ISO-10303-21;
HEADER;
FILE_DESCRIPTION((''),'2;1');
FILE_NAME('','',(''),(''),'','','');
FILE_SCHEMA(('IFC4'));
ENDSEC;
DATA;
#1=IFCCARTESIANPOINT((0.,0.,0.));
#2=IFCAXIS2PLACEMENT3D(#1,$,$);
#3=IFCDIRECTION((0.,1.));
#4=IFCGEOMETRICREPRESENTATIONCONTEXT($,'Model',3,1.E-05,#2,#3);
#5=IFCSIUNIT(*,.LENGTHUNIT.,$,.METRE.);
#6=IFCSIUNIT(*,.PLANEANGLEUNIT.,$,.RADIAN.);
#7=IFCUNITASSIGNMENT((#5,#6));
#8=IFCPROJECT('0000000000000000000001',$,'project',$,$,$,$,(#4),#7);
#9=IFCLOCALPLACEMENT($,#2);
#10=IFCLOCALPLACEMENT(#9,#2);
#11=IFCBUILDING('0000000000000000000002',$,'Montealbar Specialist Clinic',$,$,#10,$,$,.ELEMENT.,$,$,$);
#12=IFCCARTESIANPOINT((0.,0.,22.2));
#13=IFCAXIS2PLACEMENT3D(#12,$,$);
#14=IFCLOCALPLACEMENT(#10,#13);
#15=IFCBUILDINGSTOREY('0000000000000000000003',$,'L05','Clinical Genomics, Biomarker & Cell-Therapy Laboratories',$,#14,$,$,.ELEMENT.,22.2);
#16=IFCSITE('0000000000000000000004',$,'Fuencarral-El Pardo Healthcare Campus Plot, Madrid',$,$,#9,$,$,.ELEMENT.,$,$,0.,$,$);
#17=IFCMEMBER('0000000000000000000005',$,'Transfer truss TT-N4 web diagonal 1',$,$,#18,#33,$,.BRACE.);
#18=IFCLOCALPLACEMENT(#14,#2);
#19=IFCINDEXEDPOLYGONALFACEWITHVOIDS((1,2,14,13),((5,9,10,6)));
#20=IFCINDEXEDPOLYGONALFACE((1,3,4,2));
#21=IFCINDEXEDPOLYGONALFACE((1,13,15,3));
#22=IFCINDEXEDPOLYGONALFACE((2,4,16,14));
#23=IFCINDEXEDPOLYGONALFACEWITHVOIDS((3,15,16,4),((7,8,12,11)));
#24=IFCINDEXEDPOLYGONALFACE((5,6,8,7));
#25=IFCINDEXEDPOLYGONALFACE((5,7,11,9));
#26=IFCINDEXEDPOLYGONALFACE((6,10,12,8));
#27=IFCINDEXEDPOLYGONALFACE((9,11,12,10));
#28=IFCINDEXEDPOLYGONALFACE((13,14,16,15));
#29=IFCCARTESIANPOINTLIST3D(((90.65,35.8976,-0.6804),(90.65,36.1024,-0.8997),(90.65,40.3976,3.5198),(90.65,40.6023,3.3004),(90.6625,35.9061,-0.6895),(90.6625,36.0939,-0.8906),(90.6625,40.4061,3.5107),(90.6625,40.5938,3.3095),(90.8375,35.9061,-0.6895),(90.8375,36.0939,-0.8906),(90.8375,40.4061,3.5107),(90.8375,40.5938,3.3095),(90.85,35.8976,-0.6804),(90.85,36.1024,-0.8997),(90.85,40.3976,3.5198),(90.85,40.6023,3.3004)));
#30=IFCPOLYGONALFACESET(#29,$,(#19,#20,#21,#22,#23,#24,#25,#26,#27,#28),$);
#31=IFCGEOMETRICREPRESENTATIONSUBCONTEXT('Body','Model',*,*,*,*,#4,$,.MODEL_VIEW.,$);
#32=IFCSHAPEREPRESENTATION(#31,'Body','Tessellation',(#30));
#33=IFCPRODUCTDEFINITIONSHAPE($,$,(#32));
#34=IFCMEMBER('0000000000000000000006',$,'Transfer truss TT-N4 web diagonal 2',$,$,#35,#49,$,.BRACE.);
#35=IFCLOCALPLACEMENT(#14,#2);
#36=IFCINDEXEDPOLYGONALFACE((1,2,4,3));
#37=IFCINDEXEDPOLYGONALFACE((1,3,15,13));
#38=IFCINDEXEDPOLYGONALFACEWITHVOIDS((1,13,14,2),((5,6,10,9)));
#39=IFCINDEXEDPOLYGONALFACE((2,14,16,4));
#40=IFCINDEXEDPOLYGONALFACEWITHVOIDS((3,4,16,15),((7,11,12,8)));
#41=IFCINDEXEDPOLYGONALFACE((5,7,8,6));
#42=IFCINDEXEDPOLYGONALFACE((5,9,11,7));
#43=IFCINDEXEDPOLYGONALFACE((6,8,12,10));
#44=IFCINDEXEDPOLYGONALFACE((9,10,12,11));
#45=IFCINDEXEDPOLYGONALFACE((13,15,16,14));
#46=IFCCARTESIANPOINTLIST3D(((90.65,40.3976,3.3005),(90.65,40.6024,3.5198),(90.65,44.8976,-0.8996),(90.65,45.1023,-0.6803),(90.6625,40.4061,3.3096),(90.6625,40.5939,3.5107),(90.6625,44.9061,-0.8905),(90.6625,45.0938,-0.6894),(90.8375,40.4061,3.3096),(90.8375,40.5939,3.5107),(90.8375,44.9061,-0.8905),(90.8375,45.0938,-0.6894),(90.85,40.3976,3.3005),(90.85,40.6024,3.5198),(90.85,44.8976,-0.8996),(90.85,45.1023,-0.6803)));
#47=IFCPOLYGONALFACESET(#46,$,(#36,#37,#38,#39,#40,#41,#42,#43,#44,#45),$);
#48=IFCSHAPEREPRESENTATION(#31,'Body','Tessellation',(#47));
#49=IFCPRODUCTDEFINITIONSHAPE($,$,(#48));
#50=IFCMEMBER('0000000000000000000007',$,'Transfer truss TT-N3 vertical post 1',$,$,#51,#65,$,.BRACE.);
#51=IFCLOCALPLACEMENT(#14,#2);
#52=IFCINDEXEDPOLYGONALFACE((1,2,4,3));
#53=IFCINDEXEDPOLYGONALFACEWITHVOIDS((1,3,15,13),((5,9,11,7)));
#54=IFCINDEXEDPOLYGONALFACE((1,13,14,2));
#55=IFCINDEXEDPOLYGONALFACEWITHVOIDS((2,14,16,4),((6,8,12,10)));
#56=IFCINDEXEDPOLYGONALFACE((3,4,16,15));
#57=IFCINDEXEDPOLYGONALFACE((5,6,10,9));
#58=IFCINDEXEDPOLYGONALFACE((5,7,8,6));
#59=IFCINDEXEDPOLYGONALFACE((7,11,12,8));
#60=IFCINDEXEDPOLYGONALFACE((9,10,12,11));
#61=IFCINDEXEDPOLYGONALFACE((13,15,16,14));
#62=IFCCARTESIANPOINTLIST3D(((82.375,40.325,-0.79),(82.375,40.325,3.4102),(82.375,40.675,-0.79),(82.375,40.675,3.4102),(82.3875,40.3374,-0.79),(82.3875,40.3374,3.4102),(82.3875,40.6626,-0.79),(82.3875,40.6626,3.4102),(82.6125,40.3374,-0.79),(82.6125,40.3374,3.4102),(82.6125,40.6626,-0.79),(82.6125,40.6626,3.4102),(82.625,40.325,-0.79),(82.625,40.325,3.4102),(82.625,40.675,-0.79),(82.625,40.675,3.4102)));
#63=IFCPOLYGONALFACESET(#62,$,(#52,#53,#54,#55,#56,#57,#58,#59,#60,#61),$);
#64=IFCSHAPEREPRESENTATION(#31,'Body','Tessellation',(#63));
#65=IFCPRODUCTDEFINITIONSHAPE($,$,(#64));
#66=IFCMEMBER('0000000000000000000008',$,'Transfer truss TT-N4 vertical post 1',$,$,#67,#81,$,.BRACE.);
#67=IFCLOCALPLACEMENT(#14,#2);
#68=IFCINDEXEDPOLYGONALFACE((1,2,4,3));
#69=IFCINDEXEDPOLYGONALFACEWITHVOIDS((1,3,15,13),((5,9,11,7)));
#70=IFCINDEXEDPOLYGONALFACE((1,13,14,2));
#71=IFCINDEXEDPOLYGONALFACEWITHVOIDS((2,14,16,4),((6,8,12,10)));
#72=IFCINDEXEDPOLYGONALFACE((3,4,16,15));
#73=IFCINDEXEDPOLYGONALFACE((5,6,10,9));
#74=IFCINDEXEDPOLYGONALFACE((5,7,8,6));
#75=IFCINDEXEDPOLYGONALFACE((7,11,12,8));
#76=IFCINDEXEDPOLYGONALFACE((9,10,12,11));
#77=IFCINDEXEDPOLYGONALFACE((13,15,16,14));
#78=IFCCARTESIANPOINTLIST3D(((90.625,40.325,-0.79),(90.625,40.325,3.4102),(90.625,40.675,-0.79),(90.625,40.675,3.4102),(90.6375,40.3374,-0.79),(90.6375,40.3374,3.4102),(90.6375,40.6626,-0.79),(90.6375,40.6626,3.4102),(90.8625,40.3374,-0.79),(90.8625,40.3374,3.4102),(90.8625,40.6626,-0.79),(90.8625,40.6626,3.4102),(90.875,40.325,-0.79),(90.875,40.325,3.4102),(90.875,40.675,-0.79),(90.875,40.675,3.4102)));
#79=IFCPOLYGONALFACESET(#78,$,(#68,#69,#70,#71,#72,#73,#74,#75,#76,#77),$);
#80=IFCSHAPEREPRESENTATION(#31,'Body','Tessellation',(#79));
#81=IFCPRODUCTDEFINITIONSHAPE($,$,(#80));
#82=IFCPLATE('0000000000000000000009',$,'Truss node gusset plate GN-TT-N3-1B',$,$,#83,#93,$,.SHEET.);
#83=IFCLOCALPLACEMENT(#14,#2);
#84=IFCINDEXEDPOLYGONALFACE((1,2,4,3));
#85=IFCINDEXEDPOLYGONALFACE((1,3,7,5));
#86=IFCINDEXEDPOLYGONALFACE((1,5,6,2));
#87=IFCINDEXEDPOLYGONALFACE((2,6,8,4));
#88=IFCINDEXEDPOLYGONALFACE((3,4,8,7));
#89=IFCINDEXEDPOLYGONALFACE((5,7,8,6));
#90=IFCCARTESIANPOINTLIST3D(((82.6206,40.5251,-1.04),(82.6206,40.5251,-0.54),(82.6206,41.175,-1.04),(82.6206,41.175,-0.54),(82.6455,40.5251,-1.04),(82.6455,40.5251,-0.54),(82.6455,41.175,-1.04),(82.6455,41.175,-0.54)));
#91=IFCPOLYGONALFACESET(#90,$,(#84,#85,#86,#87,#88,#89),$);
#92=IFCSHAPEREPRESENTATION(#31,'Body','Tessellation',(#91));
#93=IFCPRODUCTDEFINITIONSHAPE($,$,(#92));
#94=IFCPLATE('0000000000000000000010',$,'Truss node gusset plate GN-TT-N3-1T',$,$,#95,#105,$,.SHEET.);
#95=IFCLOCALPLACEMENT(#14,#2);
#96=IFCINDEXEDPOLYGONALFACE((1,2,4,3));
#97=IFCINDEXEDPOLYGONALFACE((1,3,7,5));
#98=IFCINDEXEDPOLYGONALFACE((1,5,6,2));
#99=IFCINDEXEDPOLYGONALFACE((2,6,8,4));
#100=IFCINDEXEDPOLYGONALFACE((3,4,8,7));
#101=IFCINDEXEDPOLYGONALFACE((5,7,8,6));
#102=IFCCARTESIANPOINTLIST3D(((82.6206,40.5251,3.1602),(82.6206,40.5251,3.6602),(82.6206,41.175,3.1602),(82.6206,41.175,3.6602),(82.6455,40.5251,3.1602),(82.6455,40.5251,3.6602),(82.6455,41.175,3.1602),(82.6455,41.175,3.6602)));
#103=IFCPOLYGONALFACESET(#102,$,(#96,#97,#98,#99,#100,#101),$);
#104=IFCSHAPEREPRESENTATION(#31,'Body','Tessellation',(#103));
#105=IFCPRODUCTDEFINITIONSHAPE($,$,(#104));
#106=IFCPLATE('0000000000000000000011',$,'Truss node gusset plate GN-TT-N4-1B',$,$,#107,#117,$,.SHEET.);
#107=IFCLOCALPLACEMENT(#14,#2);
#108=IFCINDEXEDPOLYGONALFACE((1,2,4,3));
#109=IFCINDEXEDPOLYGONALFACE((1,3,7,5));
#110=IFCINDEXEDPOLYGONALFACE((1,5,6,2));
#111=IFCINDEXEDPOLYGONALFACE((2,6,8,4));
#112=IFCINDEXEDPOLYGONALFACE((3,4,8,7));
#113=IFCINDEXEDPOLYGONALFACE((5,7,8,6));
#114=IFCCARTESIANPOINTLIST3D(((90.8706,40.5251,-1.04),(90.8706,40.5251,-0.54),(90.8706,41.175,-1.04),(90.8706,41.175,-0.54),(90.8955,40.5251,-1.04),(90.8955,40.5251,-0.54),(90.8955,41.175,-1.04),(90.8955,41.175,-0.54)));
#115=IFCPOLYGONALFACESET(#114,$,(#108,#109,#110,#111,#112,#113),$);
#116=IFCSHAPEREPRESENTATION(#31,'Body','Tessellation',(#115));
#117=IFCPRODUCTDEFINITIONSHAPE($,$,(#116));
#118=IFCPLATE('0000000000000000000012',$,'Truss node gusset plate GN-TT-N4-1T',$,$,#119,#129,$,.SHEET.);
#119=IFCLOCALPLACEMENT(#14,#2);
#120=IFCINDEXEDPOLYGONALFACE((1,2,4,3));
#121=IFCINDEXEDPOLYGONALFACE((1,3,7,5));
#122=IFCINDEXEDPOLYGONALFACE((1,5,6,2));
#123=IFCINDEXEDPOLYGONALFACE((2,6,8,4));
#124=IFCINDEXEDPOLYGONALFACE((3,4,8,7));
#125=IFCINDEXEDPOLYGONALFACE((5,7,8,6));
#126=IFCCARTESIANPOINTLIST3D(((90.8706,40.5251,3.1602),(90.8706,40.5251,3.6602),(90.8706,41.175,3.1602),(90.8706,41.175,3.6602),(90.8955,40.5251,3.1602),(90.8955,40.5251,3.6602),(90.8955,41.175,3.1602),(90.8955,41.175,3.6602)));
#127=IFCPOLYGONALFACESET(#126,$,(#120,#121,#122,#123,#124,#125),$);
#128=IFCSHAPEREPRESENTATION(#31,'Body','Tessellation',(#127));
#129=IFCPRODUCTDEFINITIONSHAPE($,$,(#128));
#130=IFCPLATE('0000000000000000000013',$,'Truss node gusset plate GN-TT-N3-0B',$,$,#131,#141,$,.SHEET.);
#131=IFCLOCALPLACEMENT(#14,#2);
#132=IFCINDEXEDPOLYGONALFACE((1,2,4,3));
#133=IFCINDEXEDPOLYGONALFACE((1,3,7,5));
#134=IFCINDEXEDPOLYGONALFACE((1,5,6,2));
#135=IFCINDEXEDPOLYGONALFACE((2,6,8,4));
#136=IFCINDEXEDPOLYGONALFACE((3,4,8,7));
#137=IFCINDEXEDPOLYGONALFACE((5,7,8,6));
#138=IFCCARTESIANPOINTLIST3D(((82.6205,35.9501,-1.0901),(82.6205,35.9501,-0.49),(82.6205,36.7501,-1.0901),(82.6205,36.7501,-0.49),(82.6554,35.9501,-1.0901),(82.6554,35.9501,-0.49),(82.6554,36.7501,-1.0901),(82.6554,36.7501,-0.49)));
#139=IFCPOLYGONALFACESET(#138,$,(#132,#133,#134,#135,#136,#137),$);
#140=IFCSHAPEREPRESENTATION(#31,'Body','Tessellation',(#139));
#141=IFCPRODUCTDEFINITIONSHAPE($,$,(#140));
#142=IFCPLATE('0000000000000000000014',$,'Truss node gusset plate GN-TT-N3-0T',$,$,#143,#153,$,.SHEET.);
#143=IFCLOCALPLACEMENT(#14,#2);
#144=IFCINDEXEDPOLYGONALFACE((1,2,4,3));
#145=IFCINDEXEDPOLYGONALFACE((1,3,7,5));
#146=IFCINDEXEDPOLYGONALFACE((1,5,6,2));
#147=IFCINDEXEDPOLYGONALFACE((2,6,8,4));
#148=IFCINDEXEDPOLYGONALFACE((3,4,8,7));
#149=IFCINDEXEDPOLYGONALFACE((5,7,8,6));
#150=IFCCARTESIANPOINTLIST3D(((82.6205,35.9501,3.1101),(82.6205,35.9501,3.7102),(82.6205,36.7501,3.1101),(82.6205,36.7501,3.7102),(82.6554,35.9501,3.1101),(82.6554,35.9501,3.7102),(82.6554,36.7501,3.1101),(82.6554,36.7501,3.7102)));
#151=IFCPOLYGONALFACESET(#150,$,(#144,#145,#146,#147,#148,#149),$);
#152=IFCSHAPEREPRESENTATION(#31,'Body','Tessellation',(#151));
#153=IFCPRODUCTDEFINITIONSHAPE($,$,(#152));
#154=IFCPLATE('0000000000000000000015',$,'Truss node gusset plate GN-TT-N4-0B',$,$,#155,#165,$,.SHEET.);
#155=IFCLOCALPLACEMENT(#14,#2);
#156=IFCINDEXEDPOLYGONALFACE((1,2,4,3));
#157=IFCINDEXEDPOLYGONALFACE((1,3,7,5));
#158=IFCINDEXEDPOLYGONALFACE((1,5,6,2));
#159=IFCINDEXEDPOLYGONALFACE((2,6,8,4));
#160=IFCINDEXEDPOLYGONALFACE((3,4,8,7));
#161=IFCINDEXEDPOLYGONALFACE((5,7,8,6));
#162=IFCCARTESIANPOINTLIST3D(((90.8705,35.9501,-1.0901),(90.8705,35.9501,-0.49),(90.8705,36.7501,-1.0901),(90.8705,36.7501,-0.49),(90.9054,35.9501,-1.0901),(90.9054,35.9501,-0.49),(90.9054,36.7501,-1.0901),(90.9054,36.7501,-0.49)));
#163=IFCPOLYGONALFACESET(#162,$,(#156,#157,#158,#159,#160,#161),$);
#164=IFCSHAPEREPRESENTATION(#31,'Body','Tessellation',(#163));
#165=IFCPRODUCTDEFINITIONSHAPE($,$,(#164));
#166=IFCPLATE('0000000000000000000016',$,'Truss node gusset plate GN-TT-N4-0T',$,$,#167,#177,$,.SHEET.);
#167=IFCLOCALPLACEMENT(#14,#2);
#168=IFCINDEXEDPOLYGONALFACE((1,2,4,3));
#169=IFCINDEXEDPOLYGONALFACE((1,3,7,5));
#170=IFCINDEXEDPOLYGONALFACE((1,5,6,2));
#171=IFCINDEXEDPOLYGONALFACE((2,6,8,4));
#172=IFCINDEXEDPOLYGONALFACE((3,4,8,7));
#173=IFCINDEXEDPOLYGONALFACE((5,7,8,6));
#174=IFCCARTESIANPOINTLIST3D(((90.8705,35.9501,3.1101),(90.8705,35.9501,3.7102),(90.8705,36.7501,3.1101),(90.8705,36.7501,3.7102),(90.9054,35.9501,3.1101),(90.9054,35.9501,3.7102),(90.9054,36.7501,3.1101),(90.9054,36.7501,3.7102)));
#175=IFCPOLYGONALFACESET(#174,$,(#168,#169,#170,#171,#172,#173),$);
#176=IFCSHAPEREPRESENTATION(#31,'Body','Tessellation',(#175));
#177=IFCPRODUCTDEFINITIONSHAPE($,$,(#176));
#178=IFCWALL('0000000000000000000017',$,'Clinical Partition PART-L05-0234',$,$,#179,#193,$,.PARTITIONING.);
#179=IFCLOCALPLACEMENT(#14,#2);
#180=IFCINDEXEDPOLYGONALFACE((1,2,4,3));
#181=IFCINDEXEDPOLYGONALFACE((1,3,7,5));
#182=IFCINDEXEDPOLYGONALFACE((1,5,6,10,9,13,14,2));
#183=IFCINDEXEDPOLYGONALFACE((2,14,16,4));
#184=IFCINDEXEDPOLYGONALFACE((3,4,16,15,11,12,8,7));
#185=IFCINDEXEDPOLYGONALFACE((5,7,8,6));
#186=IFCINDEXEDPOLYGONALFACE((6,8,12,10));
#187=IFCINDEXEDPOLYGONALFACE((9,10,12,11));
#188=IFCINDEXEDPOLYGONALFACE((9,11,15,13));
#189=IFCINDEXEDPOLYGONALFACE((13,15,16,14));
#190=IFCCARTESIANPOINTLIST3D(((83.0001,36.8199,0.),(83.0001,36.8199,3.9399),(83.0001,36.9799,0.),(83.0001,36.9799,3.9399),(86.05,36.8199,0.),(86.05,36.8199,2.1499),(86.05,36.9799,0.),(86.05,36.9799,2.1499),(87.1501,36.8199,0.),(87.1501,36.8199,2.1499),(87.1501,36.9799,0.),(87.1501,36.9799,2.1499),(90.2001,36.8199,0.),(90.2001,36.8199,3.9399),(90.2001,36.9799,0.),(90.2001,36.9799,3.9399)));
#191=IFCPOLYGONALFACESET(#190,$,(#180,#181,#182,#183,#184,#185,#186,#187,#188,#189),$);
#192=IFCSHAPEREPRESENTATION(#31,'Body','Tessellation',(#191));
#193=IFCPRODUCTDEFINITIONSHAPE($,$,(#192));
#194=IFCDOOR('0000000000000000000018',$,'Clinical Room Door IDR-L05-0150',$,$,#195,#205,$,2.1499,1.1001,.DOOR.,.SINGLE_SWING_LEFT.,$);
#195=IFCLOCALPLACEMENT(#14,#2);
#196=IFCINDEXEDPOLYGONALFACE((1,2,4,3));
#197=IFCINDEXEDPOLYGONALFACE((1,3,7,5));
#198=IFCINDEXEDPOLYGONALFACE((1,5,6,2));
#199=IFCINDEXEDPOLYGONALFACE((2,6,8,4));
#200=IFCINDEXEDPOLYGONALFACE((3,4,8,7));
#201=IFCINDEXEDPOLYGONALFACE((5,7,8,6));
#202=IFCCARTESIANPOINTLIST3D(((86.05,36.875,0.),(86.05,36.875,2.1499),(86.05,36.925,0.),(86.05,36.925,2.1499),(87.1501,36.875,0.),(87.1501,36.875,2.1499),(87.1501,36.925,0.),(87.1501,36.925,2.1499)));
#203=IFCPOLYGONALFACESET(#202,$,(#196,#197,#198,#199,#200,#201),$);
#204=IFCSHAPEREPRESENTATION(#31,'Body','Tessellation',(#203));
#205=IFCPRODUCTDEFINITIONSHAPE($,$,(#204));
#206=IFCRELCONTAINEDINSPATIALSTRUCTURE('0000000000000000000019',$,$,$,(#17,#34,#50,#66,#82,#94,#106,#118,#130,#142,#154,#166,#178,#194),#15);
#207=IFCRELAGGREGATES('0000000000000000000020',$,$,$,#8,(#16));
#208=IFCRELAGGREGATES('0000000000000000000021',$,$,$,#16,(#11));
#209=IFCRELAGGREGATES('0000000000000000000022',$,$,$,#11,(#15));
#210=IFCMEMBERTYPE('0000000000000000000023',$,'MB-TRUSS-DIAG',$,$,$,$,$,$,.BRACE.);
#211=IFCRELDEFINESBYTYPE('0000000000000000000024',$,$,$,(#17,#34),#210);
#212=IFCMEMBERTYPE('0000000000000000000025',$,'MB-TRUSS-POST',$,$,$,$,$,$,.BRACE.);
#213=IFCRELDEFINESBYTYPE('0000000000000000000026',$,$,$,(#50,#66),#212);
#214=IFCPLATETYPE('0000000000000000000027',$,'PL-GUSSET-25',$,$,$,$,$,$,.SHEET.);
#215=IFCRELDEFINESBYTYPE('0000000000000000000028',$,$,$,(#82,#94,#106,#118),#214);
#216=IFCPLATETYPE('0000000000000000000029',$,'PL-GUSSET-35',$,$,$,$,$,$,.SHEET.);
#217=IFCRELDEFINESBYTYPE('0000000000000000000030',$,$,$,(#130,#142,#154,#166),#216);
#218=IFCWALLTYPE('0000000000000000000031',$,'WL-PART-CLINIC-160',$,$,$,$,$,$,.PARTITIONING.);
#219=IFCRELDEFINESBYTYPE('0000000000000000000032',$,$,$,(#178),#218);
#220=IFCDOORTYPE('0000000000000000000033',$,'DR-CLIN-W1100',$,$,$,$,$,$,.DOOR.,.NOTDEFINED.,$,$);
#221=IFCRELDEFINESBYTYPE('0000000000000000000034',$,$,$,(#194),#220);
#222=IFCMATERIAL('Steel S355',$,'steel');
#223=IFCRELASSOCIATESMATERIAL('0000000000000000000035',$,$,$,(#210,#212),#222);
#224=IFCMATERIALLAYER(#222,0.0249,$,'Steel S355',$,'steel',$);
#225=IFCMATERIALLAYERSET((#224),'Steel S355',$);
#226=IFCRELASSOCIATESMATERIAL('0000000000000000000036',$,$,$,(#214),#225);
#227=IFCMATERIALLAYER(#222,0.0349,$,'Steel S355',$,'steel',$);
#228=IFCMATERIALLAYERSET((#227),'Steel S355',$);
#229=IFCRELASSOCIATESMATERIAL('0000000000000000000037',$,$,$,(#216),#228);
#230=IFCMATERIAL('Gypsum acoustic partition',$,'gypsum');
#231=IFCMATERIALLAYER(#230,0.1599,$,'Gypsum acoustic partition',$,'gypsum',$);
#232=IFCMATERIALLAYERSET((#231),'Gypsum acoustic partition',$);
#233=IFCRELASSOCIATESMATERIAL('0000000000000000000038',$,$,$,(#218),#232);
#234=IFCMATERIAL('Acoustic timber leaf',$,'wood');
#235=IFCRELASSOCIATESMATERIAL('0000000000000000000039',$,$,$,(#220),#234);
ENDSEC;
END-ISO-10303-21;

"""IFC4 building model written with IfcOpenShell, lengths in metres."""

from ifc_helpers import new_model, si_unit, direction, frame, frame_2d, origin, origin_2d, place, context, subcontext, project, spatial, rectangle, hollow_rectangle, extrude, material, layer, layer_set, material_profile, profile_set, type_object, element, fill, save


model = new_model("IFC4")

# Units and contexts
model_context = context("Model", 3, precision=1e-05, world=origin(), true_north=direction((0.0, 1.0)))
body_context = subcontext(model_context, "Body", "Model", "MODEL_VIEW")
ifc_project = project(units=[si_unit("LENGTHUNIT", "METRE"), si_unit("PLANEANGLEUNIT", "RADIAN")], contexts=[model_context])

# Site, building, storey
site_placement = place(None, origin())
site = spatial("IfcSite", under=ifc_project, at=site_placement, Name="Fuencarral-El Pardo Healthcare Campus Plot, Madrid", CompositionType="ELEMENT", RefElevation=0.0)
building_placement = place(site_placement, origin())
building = spatial("IfcBuilding", under=site, at=building_placement, Name="Montealbar Specialist Clinic", CompositionType="ELEMENT")
storey_placement = place(building_placement, frame((0.0, 0.0, 22.2)))
storey = spatial("IfcBuildingStorey", under=building, at=storey_placement, Name="L05", Description="Clinical Genomics, Biomarker & Cell-Therapy Laboratories", CompositionType="ELEMENT", Elevation=22.2)

# Shared definitions
ifc_material_1 = material(Name="Steel S355", Category="steel")

# Members
ifc_material_profile_1 = material_profile(ifc_material_1, hollow_rectangle(XDim=0.2, YDim=0.3, WallThickness=0.0125, at=origin_2d()), Name="RHS 300x200x12.5", Category="steel")
ifc_profile_set_1 = profile_set([ifc_material_profile_1], Name="Steel S355")
member_type_1 = type_object("IfcMemberType", Name="MB-TRUSS-DIAG", PredefinedType="BRACE", material=ifc_profile_set_1)
for number, where, z_axis, x_axis, name in (
    (1, (90.75, 36.0, -0.79), (0.0, 0.731039, 0.682335), (-1.0, 0.0, 0.0), "Transfer truss TT-N4 web diagonal 1"),
    (2, (90.75, 40.5, 3.4102), (0.0, 0.731039, -0.682335), (-1.0, 0.0, 0.0), "Transfer truss TT-N4 web diagonal 2"),
):
    element("IfcMember", number, at=place(storey_placement, frame(where, z_axis=z_axis, x_axis=x_axis)), inside=storey, type_object=member_type_1, Name=name, PredefinedType="BRACE", context=body_context, shape_type="SweptSolid", body=[
        extrude(hollow_rectangle(XDim=0.2, YDim=0.3, WallThickness=0.0125, at=origin_2d()), origin(), (0.0, 0.0, 1.0), 6.1555),
    ])
ifc_material_profile_2 = material_profile(ifc_material_1, hollow_rectangle(XDim=0.25, YDim=0.3501, WallThickness=0.0125, at=origin_2d()), Name="RHS 350x250x12.5", Category="steel")
ifc_profile_set_2 = profile_set([ifc_material_profile_2], Name="Steel S355")
member_type_2 = type_object("IfcMemberType", Name="MB-TRUSS-POST", PredefinedType="BRACE", material=ifc_profile_set_2)
for number, where, z_axis, x_axis, name in (
    (3, (82.5, 40.5, -0.79), (0.0, 0.0, 1.0), (1.0, 0.0, 0.0), "Transfer truss TT-N3 vertical post 1"),
    (4, (90.75, 40.5, -0.79), (0.0, 0.0, 1.0), (1.0, 0.0, 0.0), "Transfer truss TT-N4 vertical post 1"),
):
    element("IfcMember", number, at=place(storey_placement, frame(where, z_axis=z_axis, x_axis=x_axis)), inside=storey, type_object=member_type_2, Name=name, PredefinedType="BRACE", context=body_context, shape_type="SweptSolid", body=[
        extrude(hollow_rectangle(XDim=0.25, YDim=0.3501, WallThickness=0.0125, at=origin_2d()), origin(), (0.0, 0.0, 1.0), 4.2002),
    ])

# Plates
ifc_layer_1 = layer(ifc_material_1, 0.0249, Name="Steel S355", Category="steel")
ifc_layer_set_1 = layer_set([ifc_layer_1], Name="Steel S355")
plate_type_1 = type_object("IfcPlateType", Name="PL-GUSSET-25", PredefinedType="SHEET", material=ifc_layer_set_1)
for number, where, z_axis, x_axis, name in (
    (5, (82.6331, 40.8501, -1.04), (0.0, 0.0, 1.0), (0.0, 1.0, 0.0), "Truss node gusset plate GN-TT-N3-1B"),
    (6, (82.6331, 40.8501, 3.1602), (0.0, 0.0, 1.0), (0.0, 1.0, 0.0), "Truss node gusset plate GN-TT-N3-1T"),
    (7, (90.8831, 40.8501, -1.04), (0.0, 0.0, 1.0), (0.0, 1.0, 0.0), "Truss node gusset plate GN-TT-N4-1B"),
    (8, (90.8831, 40.8501, 3.1602), (0.0, 0.0, 1.0), (0.0, 1.0, 0.0), "Truss node gusset plate GN-TT-N4-1T"),
):
    element("IfcPlate", number, at=place(storey_placement, frame(where, z_axis=z_axis, x_axis=x_axis)), inside=storey, type_object=plate_type_1, Name=name, PredefinedType="SHEET", context=body_context, shape_type="SweptSolid", body=[
        extrude(rectangle(XDim=0.6499, YDim=0.0249, at=origin_2d()), origin(), (0.0, 0.0, 1.0), 0.5),
    ])
ifc_layer_2 = layer(ifc_material_1, 0.0349, Name="Steel S355", Category="steel")
ifc_layer_set_2 = layer_set([ifc_layer_2], Name="Steel S355")
plate_type_2 = type_object("IfcPlateType", Name="PL-GUSSET-35", PredefinedType="SHEET", material=ifc_layer_set_2)
for number, where, z_axis, x_axis, name in (
    (9, (82.6379, 36.3501, -1.0901), (0.0, 0.0, 1.0), (0.0, 1.0, 0.0), "Truss node gusset plate GN-TT-N3-0B"),
    (10, (82.6379, 36.3501, 3.1101), (0.0, 0.0, 1.0), (0.0, 1.0, 0.0), "Truss node gusset plate GN-TT-N3-0T"),
    (11, (90.8879, 36.3501, -1.0901), (0.0, 0.0, 1.0), (0.0, 1.0, 0.0), "Truss node gusset plate GN-TT-N4-0B"),
    (12, (90.8879, 36.3501, 3.1101), (0.0, 0.0, 1.0), (0.0, 1.0, 0.0), "Truss node gusset plate GN-TT-N4-0T"),
):
    element("IfcPlate", number, at=place(storey_placement, frame(where, z_axis=z_axis, x_axis=x_axis)), inside=storey, type_object=plate_type_2, Name=name, PredefinedType="SHEET", context=body_context, shape_type="SweptSolid", body=[
        extrude(rectangle(XDim=0.8, YDim=0.0349, at=origin_2d()), origin(), (0.0, 0.0, 1.0), 0.6001),
    ])

# Wall, opening, door
ifc_material_2 = material(Name="Gypsum acoustic partition", Category="gypsum")
ifc_layer_3 = layer(ifc_material_2, 0.1599, Name="Gypsum acoustic partition", Category="gypsum")
ifc_layer_set_3 = layer_set([ifc_layer_3], Name="Gypsum acoustic partition")
wall_type = type_object("IfcWallType", Name="WL-PART-CLINIC-160", PredefinedType="PARTITIONING", material=ifc_layer_set_3)
wall_1_placement = place(storey_placement, frame((83.0, 36.8999, 0.0), z_axis=(0.0, 0.0, 1.0), x_axis=(1.0, 0.0, 0.0)))
wall_1 = element("IfcWall", 13, at=wall_1_placement, inside=storey, type_object=wall_type, Name="Clinical Partition PART-L05-0234", PredefinedType="PARTITIONING", context=body_context, shape_type="SweptSolid", body=[
    extrude(rectangle(XDim=7.2, YDim=0.1599, at=frame_2d((3.6001, 0.0))), origin(), (0.0, 0.0, 1.0), 3.9399),
])
opening_1_placement = place(wall_1_placement, frame((3.05, 0.0, 0.0)))
opening_1 = element("IfcOpeningElement", 14, at=opening_1_placement, cuts=wall_1, PredefinedType="OPENING", context=body_context, shape_type="SweptSolid", body=[
    extrude(rectangle(XDim=1.1001, YDim=2.1499, at=frame_2d((0.55, 1.075))), frame((0.0, 0.0898, 0.0), z_axis=(0.0, -1.0, 0.0), x_axis=(1.0, 0.0, 0.0)), (0.0, 0.0, 1.0), 0.1799),
])
ifc_material_3 = material(Name="Acoustic timber leaf", Category="wood")
door_type_1 = type_object("IfcDoorType", Name="DR-CLIN-W1100", OperationType="NOTDEFINED", PredefinedType="DOOR", material=ifc_material_3)
door_1_placement = place(opening_1_placement, frame((1.1001, 0.0, 0.0), z_axis=(0.0, 0.0, 1.0), x_axis=(-1.0, 0.0, 0.0)))
door_1 = element("IfcDoor", 15, at=door_1_placement, inside=storey, type_object=door_type_1, Name="Clinical Room Door IDR-L05-0150", OperationType="SINGLE_SWING_LEFT", OverallHeight=2.1499, OverallWidth=1.1001, PredefinedType="DOOR", context=body_context, shape_type="SweptSolid", body=[
    extrude(rectangle(XDim=1.1001, YDim=2.1499, at=frame_2d((0.55, 1.075))), frame((0.0, 0.0249, 0.0), z_axis=(0.0, -1.0, 0.0), x_axis=(1.0, 0.0, 0.0)), (0.0, 0.0, 1.0), 0.05),
])
fill(opening_1, door_1)

save(model, "model.ifc")
